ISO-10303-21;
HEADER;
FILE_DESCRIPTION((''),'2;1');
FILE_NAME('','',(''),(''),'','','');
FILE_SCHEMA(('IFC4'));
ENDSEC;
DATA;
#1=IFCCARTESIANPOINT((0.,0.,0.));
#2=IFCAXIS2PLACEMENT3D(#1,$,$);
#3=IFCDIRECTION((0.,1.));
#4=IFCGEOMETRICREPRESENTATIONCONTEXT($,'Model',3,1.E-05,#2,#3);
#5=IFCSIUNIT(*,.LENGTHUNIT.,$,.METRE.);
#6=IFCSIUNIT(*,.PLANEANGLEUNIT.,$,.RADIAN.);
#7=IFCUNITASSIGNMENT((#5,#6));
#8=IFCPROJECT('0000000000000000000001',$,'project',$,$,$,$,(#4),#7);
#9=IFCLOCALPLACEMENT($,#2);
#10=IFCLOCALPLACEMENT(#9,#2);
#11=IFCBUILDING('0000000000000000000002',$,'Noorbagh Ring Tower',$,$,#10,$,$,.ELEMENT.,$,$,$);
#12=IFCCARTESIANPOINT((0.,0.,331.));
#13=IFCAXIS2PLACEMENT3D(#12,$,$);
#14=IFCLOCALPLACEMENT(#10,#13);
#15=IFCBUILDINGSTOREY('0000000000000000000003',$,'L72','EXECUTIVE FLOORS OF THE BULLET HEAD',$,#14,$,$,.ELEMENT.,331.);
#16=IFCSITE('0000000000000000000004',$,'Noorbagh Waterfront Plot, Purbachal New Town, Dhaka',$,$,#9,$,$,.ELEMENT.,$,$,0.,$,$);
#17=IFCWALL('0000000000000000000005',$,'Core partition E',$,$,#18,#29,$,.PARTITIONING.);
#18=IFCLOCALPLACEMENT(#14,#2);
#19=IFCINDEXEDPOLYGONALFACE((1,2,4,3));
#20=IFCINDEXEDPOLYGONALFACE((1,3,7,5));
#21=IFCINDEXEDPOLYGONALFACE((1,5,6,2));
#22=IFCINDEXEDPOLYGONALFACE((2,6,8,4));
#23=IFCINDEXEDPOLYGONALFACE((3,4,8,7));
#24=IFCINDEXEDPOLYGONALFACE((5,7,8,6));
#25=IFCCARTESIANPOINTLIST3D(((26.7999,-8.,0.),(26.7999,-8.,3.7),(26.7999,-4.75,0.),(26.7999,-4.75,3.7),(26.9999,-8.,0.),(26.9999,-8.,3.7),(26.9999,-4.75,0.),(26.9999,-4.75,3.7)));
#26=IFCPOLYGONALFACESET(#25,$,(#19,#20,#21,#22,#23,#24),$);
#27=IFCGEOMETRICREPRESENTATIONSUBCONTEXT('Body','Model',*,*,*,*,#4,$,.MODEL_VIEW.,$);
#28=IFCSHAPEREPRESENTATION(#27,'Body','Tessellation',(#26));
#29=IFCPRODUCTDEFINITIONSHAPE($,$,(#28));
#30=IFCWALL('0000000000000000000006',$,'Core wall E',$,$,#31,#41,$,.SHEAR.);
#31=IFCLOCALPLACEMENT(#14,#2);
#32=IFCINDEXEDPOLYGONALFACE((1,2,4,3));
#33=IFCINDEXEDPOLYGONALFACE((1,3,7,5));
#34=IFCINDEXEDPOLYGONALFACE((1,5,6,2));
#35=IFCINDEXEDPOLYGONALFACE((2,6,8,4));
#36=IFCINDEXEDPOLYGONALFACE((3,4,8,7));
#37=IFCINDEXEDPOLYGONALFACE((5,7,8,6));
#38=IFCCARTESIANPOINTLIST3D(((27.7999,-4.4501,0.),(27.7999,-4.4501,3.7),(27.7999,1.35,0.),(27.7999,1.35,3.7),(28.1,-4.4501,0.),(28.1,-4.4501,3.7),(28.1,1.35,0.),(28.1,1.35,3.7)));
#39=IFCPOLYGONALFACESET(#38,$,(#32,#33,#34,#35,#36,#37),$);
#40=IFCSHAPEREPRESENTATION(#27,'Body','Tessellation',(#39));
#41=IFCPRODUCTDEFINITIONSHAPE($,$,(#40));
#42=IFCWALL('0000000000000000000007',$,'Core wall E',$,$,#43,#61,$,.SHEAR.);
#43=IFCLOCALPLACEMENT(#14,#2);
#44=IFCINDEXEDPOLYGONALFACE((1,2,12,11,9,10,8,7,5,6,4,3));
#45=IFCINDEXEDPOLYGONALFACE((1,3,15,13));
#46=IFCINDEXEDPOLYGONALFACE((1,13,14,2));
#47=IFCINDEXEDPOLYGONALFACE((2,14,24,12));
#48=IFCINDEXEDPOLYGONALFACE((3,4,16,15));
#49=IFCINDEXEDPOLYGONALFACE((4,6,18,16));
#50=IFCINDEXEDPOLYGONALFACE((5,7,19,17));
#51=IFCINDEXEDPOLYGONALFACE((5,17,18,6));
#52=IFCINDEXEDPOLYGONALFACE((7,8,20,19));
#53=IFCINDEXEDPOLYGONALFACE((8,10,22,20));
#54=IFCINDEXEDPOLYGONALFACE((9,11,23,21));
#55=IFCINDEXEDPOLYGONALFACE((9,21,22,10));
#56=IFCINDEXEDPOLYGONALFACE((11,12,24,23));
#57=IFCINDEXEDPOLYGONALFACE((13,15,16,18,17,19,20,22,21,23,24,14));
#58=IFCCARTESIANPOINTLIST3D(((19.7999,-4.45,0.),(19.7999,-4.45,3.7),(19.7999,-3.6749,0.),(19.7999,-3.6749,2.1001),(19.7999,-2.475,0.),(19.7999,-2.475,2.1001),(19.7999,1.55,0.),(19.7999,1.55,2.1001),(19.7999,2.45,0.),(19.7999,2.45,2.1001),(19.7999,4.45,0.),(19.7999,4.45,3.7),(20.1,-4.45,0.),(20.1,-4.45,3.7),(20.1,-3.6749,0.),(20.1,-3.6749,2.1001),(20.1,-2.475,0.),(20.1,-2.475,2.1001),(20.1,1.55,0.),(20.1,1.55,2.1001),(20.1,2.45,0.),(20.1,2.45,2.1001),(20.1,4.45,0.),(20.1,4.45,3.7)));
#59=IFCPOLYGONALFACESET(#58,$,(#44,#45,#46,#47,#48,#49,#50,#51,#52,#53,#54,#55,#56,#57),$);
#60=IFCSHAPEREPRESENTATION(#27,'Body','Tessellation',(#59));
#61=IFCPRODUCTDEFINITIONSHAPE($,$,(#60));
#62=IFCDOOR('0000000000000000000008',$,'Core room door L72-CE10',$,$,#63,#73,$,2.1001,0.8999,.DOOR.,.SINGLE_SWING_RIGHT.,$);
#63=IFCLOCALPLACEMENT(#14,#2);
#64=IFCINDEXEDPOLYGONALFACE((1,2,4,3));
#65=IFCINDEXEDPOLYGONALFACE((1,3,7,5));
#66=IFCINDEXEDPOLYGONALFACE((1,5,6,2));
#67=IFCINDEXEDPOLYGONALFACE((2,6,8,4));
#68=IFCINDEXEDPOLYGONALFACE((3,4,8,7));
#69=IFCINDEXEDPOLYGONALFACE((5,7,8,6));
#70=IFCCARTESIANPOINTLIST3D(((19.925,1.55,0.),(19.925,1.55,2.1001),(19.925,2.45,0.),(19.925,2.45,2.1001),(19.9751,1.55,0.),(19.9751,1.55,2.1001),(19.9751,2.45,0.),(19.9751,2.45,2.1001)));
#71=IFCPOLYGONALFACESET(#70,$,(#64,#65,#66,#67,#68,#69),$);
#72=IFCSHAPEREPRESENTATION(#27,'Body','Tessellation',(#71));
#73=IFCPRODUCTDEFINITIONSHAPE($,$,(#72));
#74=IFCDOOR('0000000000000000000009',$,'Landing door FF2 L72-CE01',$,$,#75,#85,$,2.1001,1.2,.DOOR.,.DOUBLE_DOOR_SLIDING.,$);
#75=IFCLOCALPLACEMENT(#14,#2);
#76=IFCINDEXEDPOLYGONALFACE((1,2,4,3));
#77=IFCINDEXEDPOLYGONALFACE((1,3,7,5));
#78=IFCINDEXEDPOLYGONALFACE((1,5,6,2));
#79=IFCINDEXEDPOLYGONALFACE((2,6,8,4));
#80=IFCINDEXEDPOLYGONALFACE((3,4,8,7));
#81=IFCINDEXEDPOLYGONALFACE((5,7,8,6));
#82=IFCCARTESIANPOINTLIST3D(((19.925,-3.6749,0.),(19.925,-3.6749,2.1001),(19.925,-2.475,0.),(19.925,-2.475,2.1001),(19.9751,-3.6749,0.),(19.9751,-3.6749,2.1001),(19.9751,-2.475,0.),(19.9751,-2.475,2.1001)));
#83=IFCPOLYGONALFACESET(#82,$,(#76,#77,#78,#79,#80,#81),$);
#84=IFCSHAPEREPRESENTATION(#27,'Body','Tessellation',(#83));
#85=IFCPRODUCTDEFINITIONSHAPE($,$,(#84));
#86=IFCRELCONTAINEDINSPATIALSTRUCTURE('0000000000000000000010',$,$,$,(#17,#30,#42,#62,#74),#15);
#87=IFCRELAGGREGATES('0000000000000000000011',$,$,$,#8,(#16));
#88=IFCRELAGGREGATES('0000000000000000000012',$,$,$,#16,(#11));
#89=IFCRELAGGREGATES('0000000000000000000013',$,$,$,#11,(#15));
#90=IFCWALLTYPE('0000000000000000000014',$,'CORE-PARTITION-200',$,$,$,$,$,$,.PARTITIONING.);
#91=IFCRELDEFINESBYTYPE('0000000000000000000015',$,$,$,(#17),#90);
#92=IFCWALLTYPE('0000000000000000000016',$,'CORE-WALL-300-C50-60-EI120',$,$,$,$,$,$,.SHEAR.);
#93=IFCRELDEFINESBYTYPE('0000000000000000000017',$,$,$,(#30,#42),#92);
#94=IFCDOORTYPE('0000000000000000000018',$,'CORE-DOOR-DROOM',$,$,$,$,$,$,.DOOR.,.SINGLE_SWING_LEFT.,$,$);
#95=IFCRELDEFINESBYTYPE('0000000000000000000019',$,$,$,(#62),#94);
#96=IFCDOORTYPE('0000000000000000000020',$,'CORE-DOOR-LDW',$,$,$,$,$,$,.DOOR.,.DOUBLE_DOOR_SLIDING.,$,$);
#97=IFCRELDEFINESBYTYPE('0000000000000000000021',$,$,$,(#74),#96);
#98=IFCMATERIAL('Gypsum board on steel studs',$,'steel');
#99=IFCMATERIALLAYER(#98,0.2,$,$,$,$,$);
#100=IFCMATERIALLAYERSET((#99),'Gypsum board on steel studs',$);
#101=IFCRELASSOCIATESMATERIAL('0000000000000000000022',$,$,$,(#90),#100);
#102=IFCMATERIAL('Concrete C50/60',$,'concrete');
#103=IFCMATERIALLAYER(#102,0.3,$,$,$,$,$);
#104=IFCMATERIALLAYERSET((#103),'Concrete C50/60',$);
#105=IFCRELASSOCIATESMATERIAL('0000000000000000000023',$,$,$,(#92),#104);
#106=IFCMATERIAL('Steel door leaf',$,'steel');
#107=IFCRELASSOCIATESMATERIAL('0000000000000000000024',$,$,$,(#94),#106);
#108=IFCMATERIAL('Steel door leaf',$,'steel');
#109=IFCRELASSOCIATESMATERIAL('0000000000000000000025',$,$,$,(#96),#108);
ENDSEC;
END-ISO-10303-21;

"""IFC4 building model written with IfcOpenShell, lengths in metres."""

from ifc_helpers import new_model, si_unit, direction, frame, frame_2d, origin, place, context, subcontext, project, spatial, rectangle, extrude, material, layer, layer_set, type_object, element, fill, save


model = new_model("IFC4")

# Units and contexts
model_context = context("Model", 3, precision=1e-05, world=origin(), true_north=direction((0.0, 1.0)))
body_context = subcontext(model_context, "Body", "Model", "MODEL_VIEW")
ifc_project = project(units=[si_unit("LENGTHUNIT", "METRE"), si_unit("PLANEANGLEUNIT", "RADIAN")], contexts=[model_context])

# Site, building, storey
site_placement = place(None, origin())
site = spatial("IfcSite", under=ifc_project, at=site_placement, Name="Noorbagh Waterfront Plot, Purbachal New Town, Dhaka", CompositionType="ELEMENT", RefElevation=0.0)
building_placement = place(site_placement, origin())
building = spatial("IfcBuilding", under=site, at=building_placement, Name="Noorbagh Ring Tower", CompositionType="ELEMENT")
storey_placement = place(building_placement, frame((0.0, 0.0, 331.0)))
storey = spatial("IfcBuildingStorey", under=building, at=storey_placement, Name="L72", Description="EXECUTIVE FLOORS OF THE BULLET HEAD", CompositionType="ELEMENT", Elevation=331.0)

# Walls
ifc_material_1 = material(Name="Gypsum board on steel studs", Category="steel")
ifc_layer_1 = layer(ifc_material_1, 0.2)
ifc_layer_set_1 = layer_set([ifc_layer_1], Name="Gypsum board on steel studs")
wall_type_1 = type_object("IfcWallType", Name="CORE-PARTITION-200", PredefinedType="PARTITIONING", material=ifc_layer_set_1)
wall_1_placement = place(storey_placement, frame((26.8999, -8.0, 0.0), z_axis=(0.0, 0.0, 1.0), x_axis=(0.0, 1.0, 0.0)))
element("IfcWall", 1, at=wall_1_placement, inside=storey, type_object=wall_type_1, Name="Core partition E", PredefinedType="PARTITIONING", context=body_context, shape_type="SweptSolid", body=[
    extrude(rectangle(XDim=3.25, YDim=0.2, at=frame_2d((1.625, 0.0))), origin(), (0.0, 0.0, 1.0), 3.7),
])
ifc_material_2 = material(Name="Concrete C50/60", Category="concrete")
ifc_layer_2 = layer(ifc_material_2, 0.3)
ifc_layer_set_2 = layer_set([ifc_layer_2], Name="Concrete C50/60")
wall_type_2 = type_object("IfcWallType", Name="CORE-WALL-300-C50-60-EI120", PredefinedType="SHEAR", material=ifc_layer_set_2)
wall_2_placement = place(storey_placement, frame((27.95, -4.45, 0.0), z_axis=(0.0, 0.0, 1.0), x_axis=(0.0, 1.0, 0.0)))
element("IfcWall", 2, at=wall_2_placement, inside=storey, type_object=wall_type_2, Name="Core wall E", PredefinedType="SHEAR", context=body_context, shape_type="SweptSolid", body=[
    extrude(rectangle(XDim=5.8, YDim=0.3, at=frame_2d((2.8999, 0.0))), origin(), (0.0, 0.0, 1.0), 3.7),
])

# Wall, openings, doors
wall_3_placement = place(storey_placement, frame((19.95, -4.45, 0.0), z_axis=(0.0, 0.0, 1.0), x_axis=(0.0, 1.0, 0.0)))
wall_3 = element("IfcWall", 3, at=wall_3_placement, inside=storey, type_object=wall_type_2, Name="Core wall E", PredefinedType="SHEAR", context=body_context, shape_type="SweptSolid", body=[
    extrude(rectangle(XDim=8.8999, YDim=0.3, at=frame_2d((4.45, 0.0))), origin(), (0.0, 0.0, 1.0), 3.7),
])
opening_1_placement = place(wall_3_placement, frame((0.7749, 0.0, 0.0)))
opening_1 = element("IfcOpeningElement", 4, at=opening_1_placement, cuts=wall_3, PredefinedType="OPENING", context=body_context, shape_type="SweptSolid", body=[
    extrude(rectangle(XDim=1.2, YDim=2.1001, at=frame_2d((0.6001, 1.05))), frame((0.0, 0.1602, 0.0), z_axis=(0.0, -1.0, 0.0), x_axis=(1.0, 0.0, 0.0)), (0.0, 0.0, 1.0), 0.3201),
])
opening_2_placement = place(wall_3_placement, frame((6.0, 0.0, 0.0)))
opening_2 = element("IfcOpeningElement", 5, at=opening_2_placement, cuts=wall_3, PredefinedType="OPENING", context=body_context, shape_type="SweptSolid", body=[
    extrude(rectangle(XDim=0.8999, YDim=2.1001, at=frame_2d((0.45, 1.05))), frame((0.0, 0.1602, 0.0), z_axis=(0.0, -1.0, 0.0), x_axis=(1.0, 0.0, 0.0)), (0.0, 0.0, 1.0), 0.3201),
])
ifc_material_3 = material(Name="Steel door leaf", Category="steel")
door_type_1 = type_object("IfcDoorType", Name="CORE-DOOR-DROOM", OperationType="SINGLE_SWING_LEFT", PredefinedType="DOOR", material=ifc_material_3)
door_1_placement = place(opening_2_placement, origin())
door_1 = element("IfcDoor", 6, at=door_1_placement, inside=storey, type_object=door_type_1, Name="Core room door L72-CE10", OperationType="SINGLE_SWING_RIGHT", OverallHeight=2.1001, OverallWidth=0.8999, PredefinedType="DOOR", context=body_context, shape_type="SweptSolid", body=[
    extrude(rectangle(XDim=0.8999, YDim=2.1001, at=frame_2d((0.45, 1.05))), frame((0.0, 0.0249, 0.0), z_axis=(0.0, -1.0, 0.0), x_axis=(1.0, 0.0, 0.0)), (0.0, 0.0, 1.0), 0.05),
])
fill(opening_2, door_1)
ifc_material_4 = material(Name="Steel door leaf", Category="steel")
door_type_2 = type_object("IfcDoorType", Name="CORE-DOOR-LDW", OperationType="DOUBLE_DOOR_SLIDING", PredefinedType="DOOR", material=ifc_material_4)
door_2_placement = place(opening_1_placement, origin())
door_2 = element("IfcDoor", 7, at=door_2_placement, inside=storey, type_object=door_type_2, Name="Landing door FF2 L72-CE01", OperationType="DOUBLE_DOOR_SLIDING", OverallHeight=2.1001, OverallWidth=1.2, PredefinedType="DOOR", context=body_context, shape_type="SweptSolid", body=[
    extrude(rectangle(XDim=1.2, YDim=2.1001, at=frame_2d((0.6001, 1.05))), frame((0.0, 0.0249, 0.0), z_axis=(0.0, -1.0, 0.0), x_axis=(1.0, 0.0, 0.0)), (0.0, 0.0, 1.0), 0.05),
])
fill(opening_1, door_2)

save(model, "model.ifc")
